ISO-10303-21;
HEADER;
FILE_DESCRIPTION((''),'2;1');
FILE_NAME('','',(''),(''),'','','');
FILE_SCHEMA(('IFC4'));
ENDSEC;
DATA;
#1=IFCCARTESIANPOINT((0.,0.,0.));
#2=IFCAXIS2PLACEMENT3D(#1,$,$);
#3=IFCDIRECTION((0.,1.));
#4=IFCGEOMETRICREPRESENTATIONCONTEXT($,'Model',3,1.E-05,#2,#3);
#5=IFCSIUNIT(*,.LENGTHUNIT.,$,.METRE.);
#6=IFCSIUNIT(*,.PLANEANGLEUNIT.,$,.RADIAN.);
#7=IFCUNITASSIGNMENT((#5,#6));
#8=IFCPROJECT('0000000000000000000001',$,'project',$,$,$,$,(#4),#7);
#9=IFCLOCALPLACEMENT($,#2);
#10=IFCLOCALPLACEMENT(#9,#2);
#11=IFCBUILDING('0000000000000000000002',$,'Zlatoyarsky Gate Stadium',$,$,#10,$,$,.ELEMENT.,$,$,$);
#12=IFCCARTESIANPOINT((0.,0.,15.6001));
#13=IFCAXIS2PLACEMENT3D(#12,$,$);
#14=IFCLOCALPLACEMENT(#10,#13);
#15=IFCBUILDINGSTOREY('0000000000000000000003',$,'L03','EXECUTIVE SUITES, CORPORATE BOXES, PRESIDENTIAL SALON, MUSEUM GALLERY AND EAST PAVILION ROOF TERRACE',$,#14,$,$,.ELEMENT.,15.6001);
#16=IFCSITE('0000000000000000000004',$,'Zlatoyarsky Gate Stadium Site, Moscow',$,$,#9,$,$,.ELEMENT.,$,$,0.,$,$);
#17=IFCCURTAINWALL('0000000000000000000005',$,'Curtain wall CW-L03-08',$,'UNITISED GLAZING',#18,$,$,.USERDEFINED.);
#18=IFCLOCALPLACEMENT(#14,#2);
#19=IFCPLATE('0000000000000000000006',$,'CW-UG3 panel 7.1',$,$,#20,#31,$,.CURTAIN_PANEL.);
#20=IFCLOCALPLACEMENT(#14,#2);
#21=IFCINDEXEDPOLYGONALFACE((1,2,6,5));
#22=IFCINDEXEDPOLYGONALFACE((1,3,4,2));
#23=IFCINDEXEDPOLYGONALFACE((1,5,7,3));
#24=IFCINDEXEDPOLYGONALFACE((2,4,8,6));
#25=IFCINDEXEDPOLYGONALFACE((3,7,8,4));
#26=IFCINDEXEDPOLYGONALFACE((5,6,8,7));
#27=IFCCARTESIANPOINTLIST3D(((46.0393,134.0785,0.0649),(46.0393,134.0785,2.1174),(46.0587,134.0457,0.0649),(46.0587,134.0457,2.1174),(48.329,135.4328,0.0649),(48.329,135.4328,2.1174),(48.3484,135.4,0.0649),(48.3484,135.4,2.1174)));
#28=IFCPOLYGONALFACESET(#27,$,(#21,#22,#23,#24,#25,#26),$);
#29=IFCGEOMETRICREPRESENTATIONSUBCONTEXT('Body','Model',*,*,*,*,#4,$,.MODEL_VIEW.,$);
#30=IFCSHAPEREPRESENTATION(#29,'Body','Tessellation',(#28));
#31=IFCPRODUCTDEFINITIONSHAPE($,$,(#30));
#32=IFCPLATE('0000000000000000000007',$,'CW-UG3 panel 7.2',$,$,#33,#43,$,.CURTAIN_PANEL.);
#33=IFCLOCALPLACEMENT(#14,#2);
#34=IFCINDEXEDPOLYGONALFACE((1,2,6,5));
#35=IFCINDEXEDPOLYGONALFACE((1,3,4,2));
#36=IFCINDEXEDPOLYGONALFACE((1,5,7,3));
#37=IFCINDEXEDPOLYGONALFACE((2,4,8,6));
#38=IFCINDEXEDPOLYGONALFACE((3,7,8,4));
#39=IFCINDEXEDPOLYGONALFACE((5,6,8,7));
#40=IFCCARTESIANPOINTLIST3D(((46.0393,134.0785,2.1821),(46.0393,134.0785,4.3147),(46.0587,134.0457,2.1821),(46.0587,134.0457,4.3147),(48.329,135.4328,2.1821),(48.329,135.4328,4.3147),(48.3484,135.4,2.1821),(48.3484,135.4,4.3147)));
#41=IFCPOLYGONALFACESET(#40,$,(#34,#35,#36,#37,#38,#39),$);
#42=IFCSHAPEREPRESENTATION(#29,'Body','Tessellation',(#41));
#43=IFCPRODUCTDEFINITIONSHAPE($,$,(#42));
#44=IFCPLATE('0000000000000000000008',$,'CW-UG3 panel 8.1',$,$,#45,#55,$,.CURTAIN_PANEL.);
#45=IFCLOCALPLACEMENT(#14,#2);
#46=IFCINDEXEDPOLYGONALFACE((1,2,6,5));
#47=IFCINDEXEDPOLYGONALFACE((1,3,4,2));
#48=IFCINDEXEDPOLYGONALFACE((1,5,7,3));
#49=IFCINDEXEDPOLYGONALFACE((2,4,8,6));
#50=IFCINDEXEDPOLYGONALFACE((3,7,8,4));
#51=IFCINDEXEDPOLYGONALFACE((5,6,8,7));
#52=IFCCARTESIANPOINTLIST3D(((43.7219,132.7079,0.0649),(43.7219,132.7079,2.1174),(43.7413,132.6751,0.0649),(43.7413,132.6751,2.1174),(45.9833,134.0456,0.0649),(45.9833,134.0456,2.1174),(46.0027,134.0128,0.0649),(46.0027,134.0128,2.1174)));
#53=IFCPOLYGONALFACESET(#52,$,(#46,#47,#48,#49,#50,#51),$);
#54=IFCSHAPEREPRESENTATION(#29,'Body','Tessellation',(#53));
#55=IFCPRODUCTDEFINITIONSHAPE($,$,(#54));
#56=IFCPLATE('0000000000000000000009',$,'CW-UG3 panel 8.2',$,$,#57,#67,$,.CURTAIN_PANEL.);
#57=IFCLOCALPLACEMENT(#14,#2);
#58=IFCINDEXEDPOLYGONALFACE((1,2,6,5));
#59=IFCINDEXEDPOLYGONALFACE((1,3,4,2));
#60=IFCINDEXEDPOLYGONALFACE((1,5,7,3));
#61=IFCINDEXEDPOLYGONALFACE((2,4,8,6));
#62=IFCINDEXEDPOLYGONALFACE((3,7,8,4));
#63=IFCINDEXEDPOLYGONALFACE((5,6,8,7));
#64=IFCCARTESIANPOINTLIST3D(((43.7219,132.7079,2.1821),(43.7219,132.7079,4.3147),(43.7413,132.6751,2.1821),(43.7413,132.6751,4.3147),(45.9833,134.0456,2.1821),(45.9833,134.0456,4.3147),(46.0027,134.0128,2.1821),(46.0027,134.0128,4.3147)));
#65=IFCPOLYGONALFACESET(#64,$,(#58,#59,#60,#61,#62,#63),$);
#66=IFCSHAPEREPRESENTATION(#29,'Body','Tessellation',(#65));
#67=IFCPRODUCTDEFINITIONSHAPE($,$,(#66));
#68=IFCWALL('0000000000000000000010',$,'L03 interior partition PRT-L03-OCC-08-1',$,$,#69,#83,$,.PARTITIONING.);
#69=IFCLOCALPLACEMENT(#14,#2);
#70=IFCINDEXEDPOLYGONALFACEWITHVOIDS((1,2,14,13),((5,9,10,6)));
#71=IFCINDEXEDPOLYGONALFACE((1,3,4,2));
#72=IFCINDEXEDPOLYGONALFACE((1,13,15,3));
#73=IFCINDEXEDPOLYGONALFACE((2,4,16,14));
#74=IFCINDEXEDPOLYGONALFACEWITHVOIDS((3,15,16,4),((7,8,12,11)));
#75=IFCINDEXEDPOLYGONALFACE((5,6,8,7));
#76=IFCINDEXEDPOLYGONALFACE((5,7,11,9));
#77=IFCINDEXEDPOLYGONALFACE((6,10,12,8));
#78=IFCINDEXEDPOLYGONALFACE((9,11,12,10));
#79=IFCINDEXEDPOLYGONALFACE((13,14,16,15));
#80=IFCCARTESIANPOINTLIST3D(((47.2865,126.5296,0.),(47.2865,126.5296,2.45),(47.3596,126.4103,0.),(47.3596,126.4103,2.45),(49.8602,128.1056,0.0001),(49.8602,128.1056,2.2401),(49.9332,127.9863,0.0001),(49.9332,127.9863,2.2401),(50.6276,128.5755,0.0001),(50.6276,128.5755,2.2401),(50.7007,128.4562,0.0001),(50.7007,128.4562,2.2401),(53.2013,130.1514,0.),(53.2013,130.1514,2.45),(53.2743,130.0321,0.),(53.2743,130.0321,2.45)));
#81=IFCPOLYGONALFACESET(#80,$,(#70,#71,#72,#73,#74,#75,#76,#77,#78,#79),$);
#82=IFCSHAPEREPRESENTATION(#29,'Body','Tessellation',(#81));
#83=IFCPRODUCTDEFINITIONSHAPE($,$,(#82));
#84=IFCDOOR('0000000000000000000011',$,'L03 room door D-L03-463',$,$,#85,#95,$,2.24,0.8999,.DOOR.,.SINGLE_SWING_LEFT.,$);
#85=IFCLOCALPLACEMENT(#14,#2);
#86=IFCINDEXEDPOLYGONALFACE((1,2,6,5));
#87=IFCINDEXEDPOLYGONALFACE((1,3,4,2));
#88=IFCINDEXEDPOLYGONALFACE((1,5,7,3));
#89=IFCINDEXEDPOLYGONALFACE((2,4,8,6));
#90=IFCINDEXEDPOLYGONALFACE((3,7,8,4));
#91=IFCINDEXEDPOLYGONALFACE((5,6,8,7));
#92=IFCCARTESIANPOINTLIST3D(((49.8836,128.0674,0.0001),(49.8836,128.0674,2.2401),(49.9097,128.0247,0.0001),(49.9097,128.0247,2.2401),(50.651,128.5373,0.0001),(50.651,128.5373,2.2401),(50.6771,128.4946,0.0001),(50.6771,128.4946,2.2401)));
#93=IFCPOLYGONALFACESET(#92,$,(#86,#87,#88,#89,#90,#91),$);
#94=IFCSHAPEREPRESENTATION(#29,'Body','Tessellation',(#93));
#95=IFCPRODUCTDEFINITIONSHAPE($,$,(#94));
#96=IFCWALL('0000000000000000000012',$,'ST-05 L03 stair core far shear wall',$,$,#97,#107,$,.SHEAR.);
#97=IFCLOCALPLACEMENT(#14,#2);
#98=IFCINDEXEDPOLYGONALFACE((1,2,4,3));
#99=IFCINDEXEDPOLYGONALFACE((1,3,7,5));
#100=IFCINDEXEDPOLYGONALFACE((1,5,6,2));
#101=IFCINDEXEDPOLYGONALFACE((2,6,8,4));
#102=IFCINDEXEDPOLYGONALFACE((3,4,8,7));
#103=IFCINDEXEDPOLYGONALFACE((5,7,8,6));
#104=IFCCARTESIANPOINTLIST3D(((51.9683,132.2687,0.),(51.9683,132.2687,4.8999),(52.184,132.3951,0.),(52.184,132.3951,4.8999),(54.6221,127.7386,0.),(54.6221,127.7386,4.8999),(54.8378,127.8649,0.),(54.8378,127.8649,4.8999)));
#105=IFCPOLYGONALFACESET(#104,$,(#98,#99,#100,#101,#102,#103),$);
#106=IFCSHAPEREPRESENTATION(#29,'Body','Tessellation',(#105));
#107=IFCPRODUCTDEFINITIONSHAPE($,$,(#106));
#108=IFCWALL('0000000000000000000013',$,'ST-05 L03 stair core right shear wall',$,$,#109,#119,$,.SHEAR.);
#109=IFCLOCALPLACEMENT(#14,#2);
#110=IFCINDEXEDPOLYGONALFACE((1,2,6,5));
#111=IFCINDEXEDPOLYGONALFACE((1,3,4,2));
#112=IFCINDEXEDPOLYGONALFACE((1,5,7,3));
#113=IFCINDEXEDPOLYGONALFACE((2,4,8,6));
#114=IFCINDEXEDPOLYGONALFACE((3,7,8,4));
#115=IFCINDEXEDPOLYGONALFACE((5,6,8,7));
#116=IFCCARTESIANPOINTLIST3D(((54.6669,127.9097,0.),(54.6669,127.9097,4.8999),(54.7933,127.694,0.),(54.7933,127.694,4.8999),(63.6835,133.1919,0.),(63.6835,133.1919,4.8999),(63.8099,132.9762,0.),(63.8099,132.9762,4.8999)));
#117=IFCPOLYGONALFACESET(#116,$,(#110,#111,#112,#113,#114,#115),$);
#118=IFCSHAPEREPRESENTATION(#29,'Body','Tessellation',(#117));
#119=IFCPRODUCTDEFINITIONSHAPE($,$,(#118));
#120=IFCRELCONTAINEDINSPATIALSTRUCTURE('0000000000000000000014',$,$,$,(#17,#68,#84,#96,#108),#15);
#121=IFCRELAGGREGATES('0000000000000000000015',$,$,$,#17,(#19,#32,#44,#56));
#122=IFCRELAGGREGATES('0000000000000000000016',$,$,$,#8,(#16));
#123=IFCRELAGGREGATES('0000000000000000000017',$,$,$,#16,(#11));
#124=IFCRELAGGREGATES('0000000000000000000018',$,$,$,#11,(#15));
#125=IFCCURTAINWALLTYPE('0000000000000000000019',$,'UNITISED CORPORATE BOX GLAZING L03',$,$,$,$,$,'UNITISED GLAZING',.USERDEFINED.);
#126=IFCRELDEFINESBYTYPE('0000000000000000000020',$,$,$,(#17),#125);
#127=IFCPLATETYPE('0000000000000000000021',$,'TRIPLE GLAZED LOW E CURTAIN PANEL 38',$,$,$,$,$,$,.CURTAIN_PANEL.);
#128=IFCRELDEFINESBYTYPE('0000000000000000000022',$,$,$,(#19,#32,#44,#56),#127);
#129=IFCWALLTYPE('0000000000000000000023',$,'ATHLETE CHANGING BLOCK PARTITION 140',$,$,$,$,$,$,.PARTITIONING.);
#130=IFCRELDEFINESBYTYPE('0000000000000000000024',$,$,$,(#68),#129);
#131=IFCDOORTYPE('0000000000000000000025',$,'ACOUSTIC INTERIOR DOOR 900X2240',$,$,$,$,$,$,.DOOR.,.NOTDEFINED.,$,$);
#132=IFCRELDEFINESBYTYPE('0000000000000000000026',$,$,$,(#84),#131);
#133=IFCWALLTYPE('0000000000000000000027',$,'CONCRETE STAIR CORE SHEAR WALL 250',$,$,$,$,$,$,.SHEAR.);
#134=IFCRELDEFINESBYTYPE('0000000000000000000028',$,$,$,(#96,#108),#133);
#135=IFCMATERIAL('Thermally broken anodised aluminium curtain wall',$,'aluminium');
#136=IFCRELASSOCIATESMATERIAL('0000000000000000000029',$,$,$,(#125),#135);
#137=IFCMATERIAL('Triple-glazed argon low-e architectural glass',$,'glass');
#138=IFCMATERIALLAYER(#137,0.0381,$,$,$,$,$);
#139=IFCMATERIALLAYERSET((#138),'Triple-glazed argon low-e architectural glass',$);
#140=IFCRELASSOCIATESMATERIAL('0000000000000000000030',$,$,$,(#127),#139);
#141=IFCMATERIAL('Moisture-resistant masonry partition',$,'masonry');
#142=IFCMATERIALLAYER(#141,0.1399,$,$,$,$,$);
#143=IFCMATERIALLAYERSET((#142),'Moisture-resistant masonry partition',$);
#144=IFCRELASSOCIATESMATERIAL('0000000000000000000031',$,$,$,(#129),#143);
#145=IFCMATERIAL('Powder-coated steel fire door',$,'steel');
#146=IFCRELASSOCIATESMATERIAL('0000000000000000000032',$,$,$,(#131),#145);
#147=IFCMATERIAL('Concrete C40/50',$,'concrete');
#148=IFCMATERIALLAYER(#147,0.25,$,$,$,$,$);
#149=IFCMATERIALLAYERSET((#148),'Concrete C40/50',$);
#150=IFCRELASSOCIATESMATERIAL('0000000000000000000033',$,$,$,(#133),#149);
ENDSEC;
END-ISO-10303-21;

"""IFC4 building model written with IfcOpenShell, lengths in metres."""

from ifc_helpers import new_model, si_unit, direction, frame, frame_2d, origin, origin_2d, place, context, subcontext, project, spatial, rectangle, extrude, material, layer, layer_set, type_object, element, fill, aggregate, save


model = new_model("IFC4")

# Units and contexts
model_context = context("Model", 3, precision=1e-05, world=origin(), true_north=direction((0.0, 1.0)))
body_context = subcontext(model_context, "Body", "Model", "MODEL_VIEW")
ifc_project = project(units=[si_unit("LENGTHUNIT", "METRE"), si_unit("PLANEANGLEUNIT", "RADIAN")], contexts=[model_context])

# Site, building, storey
site_placement = place(None, origin())
site = spatial("IfcSite", under=ifc_project, at=site_placement, Name="Zlatoyarsky Gate Stadium Site, Moscow", CompositionType="ELEMENT", RefElevation=0.0)
building_placement = place(site_placement, origin())
building = spatial("IfcBuilding", under=site, at=building_placement, Name="Zlatoyarsky Gate Stadium", CompositionType="ELEMENT")
storey_placement = place(building_placement, frame((0.0, 0.0, 15.6001)))
storey = spatial("IfcBuildingStorey", under=building, at=storey_placement, Name="L03", Description="EXECUTIVE SUITES, CORPORATE BOXES, PRESIDENTIAL SALON, MUSEUM GALLERY AND EAST PAVILION ROOF TERRACE", CompositionType="ELEMENT", Elevation=15.6001)

# Curtain wall
ifc_material_1 = material(Name="Thermally broken anodised aluminium curtain wall", Category="aluminium")
curtain_wall_type = type_object("IfcCurtainWallType", Name="UNITISED CORPORATE BOX GLAZING L03", ElementType="UNITISED GLAZING", PredefinedType="USERDEFINED", material=ifc_material_1)
curtain_wall_placement = place(storey_placement, origin())
curtain_wall = element("IfcCurtainWall", 1, at=curtain_wall_placement, inside=storey, type_object=curtain_wall_type, Name="Curtain wall CW-L03-08", ObjectType="UNITISED GLAZING", PredefinedType="USERDEFINED")

# Plates
ifc_material_2 = material(Name="Triple-glazed argon low-e architectural glass", Category="glass")
ifc_layer_1 = layer(ifc_material_2, 0.0381)
ifc_layer_set_1 = layer_set([ifc_layer_1], Name="Triple-glazed argon low-e architectural glass")
plate_type_1 = type_object("IfcPlateType", Name="TRIPLE GLAZED LOW E CURTAIN PANEL 38", PredefinedType="CURTAIN_PANEL", material=ifc_layer_set_1)
plate_1_placement = place(storey_placement, frame((47.1938, 134.7393, 0.0649), z_axis=(0.0, 0.0, 1.0), x_axis=(-0.860708, -0.509098, 0.0)))
plate_1 = element("IfcPlate", 2, at=plate_1_placement, type_object=plate_type_1, Name="CW-UG3 panel 7.1", PredefinedType="CURTAIN_PANEL", context=body_context, shape_type="SweptSolid", body=[
    extrude(rectangle(XDim=2.6602, YDim=0.0381, at=origin_2d()), origin(), (0.0, 0.0, 1.0), 2.0525),
])
plate_2_placement = place(storey_placement, frame((47.1938, 134.7393, 2.1821), z_axis=(0.0, 0.0, 1.0), x_axis=(-0.860708, -0.509098, 0.0)))
plate_2 = element("IfcPlate", 3, at=plate_2_placement, type_object=plate_type_1, Name="CW-UG3 panel 7.2", PredefinedType="CURTAIN_PANEL", context=body_context, shape_type="SweptSolid", body=[
    extrude(rectangle(XDim=2.6602, YDim=0.0381, at=origin_2d()), origin(), (0.0, 0.0, 1.0), 2.1326),
])
plate_3_placement = place(storey_placement, frame((44.8623, 133.3604, 0.0649), z_axis=(0.0, 0.0, 1.0), x_axis=(-0.860708, -0.509098, 0.0)))
plate_3 = element("IfcPlate", 4, at=plate_3_placement, type_object=plate_type_1, Name="CW-UG3 panel 8.1", PredefinedType="CURTAIN_PANEL", context=body_context, shape_type="SweptSolid", body=[
    extrude(rectangle(XDim=2.6274, YDim=0.0381, at=origin_2d()), origin(), (0.0, 0.0, 1.0), 2.0525),
])
plate_4_placement = place(storey_placement, frame((44.8623, 133.3604, 2.1821), z_axis=(0.0, 0.0, 1.0), x_axis=(-0.860708, -0.509098, 0.0)))
plate_4 = element("IfcPlate", 5, at=plate_4_placement, type_object=plate_type_1, Name="CW-UG3 panel 8.2", PredefinedType="CURTAIN_PANEL", context=body_context, shape_type="SweptSolid", body=[
    extrude(rectangle(XDim=2.6274, YDim=0.0381, at=origin_2d()), origin(), (0.0, 0.0, 1.0), 2.1326),
])
aggregate(curtain_wall, [plate_1, plate_2, plate_3, plate_4])

# Wall, opening, door
ifc_material_3 = material(Name="Moisture-resistant masonry partition", Category="masonry")
ifc_layer_2 = layer(ifc_material_3, 0.1399)
ifc_layer_set_2 = layer_set([ifc_layer_2], Name="Moisture-resistant masonry partition")
wall_type_1 = type_object("IfcWallType", Name="ATHLETE CHANGING BLOCK PARTITION 140", PredefinedType="PARTITIONING", material=ifc_layer_set_2)
wall_1_placement = place(storey_placement, frame((53.2378, 130.0918, 0.0), z_axis=(0.0, 0.0, 1.0), x_axis=(-0.852818, -0.522209, 0.0)))
wall_1 = element("IfcWall", 6, at=wall_1_placement, inside=storey, type_object=wall_type_1, Name="L03 interior partition PRT-L03-OCC-08-1", PredefinedType="PARTITIONING", context=body_context, shape_type="SweptSolid", body=[
    extrude(rectangle(XDim=6.9355, YDim=0.1399, at=frame_2d((3.4678, 0.0))), origin(), (0.0, 0.0, 1.0), 2.45),
])
opening_placement = place(wall_1_placement, frame((3.0178, 0.0, 0.0)))
opening = element("IfcOpeningElement", 7, at=opening_placement, cuts=wall_1, PredefinedType="OPENING", context=body_context, shape_type="SweptSolid", body=[
    extrude(rectangle(XDim=0.8999, YDim=2.24, at=frame_2d((0.45, 1.1201))), frame((0.0, 0.0798, 0.0), z_axis=(0.0, -1.0, 0.0), x_axis=(1.0, 0.0, 0.0)), (0.0, 0.0, 1.0), 0.1599),
])
ifc_material_4 = material(Name="Powder-coated steel fire door", Category="steel")
door_type = type_object("IfcDoorType", Name="ACOUSTIC INTERIOR DOOR 900X2240", OperationType="NOTDEFINED", PredefinedType="DOOR", material=ifc_material_4)
door_placement = place(opening_placement, origin())
door = element("IfcDoor", 8, at=door_placement, inside=storey, type_object=door_type, Name="L03 room door D-L03-463", OperationType="SINGLE_SWING_LEFT", OverallHeight=2.24, OverallWidth=0.8999, PredefinedType="DOOR", context=body_context, shape_type="SweptSolid", body=[
    extrude(rectangle(XDim=0.8999, YDim=2.24, at=frame_2d((0.45, 1.1201))), frame((0.0, 0.0249, 0.0), z_axis=(0.0, -1.0, 0.0), x_axis=(1.0, 0.0, 0.0)), (0.0, 0.0, 1.0), 0.05),
])
fill(opening, door)

# Walls
ifc_material_5 = material(Name="Concrete C40/50", Category="concrete")
ifc_layer_3 = layer(ifc_material_5, 0.25)
ifc_layer_set_3 = layer_set([ifc_layer_3], Name="Concrete C40/50")
wall_type_2 = type_object("IfcWallType", Name="CONCRETE STAIR CORE SHEAR WALL 250", PredefinedType="SHEAR", material=ifc_layer_set_3)
wall_2_placement = place(storey_placement, frame((52.0762, 132.3318, 0.0), z_axis=(0.0, 0.0, 1.0), x_axis=(0.505475, -0.862841, 0.0)))
element("IfcWall", 9, at=wall_2_placement, inside=storey, type_object=wall_type_2, Name="ST-05 L03 stair core far shear wall", PredefinedType="SHEAR", context=body_context, shape_type="SweptSolid", body=[
    extrude(rectangle(XDim=5.2502, YDim=0.25, at=frame_2d((2.625, 0.0))), origin(), (0.0, 0.0, 1.0), 4.8999),
])
wall_3_placement = place(storey_placement, frame((54.73, 127.8018, 0.0), z_axis=(0.0, 0.0, 1.0), x_axis=(0.862839, 0.50548, 0.0)))
element("IfcWall", 10, at=wall_3_placement, inside=storey, type_object=wall_type_2, Name="ST-05 L03 stair core right shear wall", PredefinedType="SHEAR", context=body_context, shape_type="SweptSolid", body=[
    extrude(rectangle(XDim=10.45, YDim=0.25, at=frame_2d((5.2251, 0.0))), origin(), (0.0, 0.0, 1.0), 4.8999),
])

save(model, "model.ifc")
